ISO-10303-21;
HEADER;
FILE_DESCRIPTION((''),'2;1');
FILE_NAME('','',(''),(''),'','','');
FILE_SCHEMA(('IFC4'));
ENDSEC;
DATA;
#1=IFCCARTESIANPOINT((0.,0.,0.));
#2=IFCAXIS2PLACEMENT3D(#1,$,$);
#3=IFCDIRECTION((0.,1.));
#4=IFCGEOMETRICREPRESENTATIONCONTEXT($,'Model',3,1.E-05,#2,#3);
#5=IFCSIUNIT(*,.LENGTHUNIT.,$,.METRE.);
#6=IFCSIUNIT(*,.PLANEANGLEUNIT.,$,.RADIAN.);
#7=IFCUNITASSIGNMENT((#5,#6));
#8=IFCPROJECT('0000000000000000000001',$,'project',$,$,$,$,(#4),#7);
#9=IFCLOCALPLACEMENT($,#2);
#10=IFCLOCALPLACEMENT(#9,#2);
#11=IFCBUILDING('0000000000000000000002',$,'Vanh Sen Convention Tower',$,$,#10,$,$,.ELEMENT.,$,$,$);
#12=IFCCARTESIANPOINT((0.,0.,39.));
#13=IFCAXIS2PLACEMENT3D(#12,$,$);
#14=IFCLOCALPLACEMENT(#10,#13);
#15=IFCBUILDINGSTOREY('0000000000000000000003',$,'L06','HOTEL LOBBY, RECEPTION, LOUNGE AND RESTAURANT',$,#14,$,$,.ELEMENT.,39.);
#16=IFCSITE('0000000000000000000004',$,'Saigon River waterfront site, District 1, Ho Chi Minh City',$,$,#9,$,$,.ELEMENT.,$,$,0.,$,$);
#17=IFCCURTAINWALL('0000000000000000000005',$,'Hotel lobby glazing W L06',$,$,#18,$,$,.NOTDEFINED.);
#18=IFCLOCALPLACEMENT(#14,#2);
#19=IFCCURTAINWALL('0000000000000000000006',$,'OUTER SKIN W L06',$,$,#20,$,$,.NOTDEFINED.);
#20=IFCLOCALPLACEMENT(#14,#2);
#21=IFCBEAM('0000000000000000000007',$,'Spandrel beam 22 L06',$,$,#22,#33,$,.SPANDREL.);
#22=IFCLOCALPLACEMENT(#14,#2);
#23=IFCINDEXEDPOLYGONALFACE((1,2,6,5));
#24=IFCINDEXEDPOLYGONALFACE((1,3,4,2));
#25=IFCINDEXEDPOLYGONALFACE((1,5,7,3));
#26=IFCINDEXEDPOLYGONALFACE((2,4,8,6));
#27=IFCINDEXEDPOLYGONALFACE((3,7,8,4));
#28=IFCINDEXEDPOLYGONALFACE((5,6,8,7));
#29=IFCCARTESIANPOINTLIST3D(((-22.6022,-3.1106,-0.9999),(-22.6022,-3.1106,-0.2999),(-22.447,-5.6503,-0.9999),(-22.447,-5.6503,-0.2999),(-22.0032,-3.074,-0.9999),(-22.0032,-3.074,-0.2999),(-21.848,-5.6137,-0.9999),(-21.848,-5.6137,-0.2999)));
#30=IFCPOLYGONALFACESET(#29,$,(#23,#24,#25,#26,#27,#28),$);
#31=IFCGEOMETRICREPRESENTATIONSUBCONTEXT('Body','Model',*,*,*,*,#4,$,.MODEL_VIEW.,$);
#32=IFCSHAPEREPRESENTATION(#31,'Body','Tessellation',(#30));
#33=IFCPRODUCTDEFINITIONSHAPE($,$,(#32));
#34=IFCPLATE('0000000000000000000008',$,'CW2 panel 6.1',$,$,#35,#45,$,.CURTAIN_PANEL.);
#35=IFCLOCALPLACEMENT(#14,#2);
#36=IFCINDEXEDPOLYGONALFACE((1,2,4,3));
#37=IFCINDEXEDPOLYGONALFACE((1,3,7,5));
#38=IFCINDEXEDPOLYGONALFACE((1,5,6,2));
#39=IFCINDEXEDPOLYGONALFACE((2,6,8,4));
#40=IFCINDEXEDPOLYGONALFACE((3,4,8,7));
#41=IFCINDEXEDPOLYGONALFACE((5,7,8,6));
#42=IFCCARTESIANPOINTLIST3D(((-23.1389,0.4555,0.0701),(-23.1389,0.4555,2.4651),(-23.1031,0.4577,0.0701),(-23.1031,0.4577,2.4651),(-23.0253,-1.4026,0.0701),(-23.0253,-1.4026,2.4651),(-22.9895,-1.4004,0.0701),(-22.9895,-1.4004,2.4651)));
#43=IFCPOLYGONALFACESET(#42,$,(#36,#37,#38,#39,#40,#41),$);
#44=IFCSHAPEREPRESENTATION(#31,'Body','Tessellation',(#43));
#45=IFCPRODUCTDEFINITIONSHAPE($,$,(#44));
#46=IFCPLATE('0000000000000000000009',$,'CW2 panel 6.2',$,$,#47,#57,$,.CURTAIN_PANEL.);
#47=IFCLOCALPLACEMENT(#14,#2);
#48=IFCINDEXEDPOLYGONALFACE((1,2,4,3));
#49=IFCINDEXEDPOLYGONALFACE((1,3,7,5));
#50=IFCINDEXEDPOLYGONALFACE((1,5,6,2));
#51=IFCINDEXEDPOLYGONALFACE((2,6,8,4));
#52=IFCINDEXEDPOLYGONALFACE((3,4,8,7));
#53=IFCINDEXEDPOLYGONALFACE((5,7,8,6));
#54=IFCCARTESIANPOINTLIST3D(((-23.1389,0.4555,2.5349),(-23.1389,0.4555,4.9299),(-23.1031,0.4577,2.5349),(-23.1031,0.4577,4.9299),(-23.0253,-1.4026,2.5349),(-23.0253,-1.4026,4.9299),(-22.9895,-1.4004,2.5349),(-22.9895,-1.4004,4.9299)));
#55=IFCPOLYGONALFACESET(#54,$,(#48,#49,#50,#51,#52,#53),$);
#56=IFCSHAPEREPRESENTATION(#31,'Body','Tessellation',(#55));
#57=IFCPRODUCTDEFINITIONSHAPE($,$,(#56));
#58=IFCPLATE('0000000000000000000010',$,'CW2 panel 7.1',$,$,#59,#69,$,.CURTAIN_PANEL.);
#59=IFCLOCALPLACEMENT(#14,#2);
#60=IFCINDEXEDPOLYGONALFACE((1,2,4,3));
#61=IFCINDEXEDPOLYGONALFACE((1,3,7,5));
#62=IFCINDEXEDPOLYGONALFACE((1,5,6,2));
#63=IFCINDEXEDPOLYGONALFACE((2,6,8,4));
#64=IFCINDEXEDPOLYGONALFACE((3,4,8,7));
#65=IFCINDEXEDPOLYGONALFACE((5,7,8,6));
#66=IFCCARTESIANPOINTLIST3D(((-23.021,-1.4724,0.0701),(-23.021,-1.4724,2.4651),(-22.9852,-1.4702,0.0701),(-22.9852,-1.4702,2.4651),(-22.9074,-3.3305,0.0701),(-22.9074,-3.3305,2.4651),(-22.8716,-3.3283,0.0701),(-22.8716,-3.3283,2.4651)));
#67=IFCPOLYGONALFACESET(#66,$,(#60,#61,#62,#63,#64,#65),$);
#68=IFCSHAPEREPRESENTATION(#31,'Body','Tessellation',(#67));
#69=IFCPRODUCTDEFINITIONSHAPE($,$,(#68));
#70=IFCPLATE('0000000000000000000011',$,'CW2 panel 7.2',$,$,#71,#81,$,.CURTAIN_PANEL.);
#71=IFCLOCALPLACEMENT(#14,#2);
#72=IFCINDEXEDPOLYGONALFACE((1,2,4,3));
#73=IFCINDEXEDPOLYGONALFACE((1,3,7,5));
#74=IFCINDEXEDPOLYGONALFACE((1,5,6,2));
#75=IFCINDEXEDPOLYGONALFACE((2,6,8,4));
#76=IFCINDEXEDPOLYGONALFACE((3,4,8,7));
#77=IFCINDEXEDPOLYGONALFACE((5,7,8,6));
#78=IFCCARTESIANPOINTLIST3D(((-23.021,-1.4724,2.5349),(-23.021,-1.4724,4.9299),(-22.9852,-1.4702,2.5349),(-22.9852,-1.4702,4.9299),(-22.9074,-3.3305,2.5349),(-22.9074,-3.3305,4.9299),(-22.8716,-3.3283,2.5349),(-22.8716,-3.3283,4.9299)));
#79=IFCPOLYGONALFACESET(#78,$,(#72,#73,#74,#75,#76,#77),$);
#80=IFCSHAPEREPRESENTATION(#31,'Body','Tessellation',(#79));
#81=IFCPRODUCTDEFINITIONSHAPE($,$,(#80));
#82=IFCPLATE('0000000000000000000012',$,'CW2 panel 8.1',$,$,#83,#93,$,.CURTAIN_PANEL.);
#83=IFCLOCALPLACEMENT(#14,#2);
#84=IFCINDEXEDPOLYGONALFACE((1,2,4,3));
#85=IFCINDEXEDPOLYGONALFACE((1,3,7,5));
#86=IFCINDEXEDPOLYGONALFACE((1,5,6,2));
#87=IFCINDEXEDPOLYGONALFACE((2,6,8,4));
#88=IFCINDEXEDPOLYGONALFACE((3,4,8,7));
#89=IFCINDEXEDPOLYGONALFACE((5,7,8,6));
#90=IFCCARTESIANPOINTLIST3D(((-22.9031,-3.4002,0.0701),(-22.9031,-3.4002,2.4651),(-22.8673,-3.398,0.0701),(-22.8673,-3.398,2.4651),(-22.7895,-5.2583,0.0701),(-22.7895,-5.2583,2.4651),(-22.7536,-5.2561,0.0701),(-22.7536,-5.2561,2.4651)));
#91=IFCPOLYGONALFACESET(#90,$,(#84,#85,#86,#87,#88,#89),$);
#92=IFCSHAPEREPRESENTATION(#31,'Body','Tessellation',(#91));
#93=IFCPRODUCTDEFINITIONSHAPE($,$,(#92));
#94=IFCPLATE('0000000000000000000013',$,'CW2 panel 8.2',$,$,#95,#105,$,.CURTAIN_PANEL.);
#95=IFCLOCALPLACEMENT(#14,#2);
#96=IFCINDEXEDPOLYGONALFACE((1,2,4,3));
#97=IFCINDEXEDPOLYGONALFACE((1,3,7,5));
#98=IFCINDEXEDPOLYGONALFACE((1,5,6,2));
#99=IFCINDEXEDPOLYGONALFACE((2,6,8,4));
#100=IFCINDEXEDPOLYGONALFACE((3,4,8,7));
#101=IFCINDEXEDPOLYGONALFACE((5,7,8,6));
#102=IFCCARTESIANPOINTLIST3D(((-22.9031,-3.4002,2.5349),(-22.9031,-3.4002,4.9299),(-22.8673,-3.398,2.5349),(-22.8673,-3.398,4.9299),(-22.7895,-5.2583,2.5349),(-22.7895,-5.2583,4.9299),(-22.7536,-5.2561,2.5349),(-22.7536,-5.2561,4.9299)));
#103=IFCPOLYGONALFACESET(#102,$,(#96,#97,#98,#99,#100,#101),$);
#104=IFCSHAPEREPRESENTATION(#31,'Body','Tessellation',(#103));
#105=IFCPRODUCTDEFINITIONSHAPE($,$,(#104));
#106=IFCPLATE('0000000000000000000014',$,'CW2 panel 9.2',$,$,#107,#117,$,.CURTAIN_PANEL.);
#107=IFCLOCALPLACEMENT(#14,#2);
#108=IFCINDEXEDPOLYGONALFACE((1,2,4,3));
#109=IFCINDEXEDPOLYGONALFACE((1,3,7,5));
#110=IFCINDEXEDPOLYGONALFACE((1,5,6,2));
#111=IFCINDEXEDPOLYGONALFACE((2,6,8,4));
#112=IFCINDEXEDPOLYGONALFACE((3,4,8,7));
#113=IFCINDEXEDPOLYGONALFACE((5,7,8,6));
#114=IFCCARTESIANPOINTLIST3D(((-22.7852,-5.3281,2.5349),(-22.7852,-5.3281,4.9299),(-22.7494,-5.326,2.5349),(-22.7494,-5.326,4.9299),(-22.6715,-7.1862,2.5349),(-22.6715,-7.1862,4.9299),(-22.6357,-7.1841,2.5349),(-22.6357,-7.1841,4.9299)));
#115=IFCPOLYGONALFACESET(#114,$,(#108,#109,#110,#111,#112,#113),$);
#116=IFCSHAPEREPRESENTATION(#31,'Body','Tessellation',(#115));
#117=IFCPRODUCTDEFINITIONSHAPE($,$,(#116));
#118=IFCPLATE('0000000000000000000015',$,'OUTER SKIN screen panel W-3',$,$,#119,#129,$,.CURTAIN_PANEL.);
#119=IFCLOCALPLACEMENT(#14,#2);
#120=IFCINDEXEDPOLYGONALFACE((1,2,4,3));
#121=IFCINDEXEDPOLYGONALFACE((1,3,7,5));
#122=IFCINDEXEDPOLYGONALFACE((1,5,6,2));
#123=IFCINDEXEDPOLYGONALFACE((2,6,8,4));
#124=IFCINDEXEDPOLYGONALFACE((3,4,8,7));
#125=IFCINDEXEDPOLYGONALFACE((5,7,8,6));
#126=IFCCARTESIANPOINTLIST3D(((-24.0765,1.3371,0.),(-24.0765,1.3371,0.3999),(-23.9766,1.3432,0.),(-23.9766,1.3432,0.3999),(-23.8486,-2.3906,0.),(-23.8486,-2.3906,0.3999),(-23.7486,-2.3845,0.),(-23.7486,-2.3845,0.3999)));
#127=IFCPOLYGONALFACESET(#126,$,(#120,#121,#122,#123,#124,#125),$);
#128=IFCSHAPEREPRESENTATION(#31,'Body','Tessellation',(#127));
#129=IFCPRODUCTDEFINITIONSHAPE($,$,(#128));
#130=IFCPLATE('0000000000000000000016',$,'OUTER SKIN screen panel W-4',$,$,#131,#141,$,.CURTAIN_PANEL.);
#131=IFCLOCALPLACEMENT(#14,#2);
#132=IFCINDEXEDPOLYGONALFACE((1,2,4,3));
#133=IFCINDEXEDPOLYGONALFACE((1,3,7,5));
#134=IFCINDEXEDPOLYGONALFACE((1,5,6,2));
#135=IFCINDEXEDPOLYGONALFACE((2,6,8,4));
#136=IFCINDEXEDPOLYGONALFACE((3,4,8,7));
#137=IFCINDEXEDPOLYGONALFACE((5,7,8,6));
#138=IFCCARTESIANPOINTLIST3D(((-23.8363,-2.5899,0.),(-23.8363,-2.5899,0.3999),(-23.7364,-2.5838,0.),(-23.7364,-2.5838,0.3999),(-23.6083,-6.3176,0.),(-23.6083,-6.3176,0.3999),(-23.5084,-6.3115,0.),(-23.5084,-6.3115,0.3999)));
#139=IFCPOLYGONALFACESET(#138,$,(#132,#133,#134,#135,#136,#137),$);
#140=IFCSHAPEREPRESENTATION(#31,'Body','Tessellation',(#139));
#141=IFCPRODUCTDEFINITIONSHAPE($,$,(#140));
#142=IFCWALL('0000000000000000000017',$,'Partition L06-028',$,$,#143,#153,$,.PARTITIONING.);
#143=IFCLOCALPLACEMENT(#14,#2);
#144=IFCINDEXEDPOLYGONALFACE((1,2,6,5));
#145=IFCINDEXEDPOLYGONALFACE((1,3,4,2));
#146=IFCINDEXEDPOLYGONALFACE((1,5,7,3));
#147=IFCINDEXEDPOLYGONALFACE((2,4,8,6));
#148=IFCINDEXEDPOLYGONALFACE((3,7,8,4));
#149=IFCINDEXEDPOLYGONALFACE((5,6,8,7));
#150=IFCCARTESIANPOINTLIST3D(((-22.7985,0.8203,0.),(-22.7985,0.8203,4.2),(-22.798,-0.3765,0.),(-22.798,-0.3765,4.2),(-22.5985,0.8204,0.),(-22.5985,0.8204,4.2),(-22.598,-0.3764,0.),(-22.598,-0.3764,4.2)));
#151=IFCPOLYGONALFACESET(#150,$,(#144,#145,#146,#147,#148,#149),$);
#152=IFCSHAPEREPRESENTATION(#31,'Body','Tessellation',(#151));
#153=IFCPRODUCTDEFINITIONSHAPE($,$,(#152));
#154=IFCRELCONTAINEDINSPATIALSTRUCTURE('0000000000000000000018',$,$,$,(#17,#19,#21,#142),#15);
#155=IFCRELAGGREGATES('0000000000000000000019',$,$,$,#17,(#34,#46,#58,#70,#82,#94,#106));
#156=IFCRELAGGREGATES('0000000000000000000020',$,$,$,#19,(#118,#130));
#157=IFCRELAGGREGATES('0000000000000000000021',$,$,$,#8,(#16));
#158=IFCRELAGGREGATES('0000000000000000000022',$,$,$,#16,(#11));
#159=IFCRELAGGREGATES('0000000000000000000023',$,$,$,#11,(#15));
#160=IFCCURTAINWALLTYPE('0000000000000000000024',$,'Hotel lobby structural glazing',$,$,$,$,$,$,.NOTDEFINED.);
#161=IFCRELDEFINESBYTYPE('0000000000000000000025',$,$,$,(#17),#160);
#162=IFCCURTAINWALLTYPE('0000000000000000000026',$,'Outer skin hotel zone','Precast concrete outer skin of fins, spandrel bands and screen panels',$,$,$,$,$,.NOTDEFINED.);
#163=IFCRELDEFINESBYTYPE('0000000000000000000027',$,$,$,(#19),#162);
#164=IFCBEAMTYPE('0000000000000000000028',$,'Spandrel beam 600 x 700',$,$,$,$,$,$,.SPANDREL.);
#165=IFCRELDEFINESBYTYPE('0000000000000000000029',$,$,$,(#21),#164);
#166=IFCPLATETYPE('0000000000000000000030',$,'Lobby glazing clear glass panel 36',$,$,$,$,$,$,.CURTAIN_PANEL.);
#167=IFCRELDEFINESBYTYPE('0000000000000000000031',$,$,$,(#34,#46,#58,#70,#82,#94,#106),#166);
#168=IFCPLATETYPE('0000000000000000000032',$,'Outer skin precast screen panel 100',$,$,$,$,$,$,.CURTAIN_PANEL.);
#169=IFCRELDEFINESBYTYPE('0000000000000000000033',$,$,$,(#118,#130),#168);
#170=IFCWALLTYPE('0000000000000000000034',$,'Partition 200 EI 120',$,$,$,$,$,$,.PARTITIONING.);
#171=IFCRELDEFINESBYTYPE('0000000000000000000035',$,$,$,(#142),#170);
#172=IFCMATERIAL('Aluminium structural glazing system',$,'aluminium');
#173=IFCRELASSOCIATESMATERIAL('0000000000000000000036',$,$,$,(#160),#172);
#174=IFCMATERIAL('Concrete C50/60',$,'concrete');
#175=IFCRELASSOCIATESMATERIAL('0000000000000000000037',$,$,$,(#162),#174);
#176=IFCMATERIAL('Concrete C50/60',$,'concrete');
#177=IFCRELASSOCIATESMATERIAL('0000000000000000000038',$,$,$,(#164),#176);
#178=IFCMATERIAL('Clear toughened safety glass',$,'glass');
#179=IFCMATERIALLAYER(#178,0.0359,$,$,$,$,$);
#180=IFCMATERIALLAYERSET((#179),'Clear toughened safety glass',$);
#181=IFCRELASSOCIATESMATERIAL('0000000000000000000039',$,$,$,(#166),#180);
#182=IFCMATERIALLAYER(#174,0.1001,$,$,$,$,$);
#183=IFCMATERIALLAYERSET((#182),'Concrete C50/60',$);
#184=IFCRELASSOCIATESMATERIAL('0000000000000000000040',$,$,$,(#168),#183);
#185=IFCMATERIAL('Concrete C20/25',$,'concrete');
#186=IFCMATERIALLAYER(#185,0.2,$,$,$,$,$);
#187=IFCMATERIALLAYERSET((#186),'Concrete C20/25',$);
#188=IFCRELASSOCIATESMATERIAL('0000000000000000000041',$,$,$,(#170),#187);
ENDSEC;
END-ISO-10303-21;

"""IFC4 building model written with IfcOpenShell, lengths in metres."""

from ifc_helpers import new_model, si_unit, direction, frame, frame_2d, origin, origin_2d, place, context, subcontext, project, spatial, rectangle, extrude, material, layer, layer_set, material_profile, profile_set, type_object, element, aggregate, save


model = new_model("IFC4")

# Units and contexts
model_context = context("Model", 3, precision=1e-05, world=origin(), true_north=direction((0.0, 1.0)))
body_context = subcontext(model_context, "Body", "Model", "MODEL_VIEW")
ifc_project = project(units=[si_unit("LENGTHUNIT", "METRE"), si_unit("PLANEANGLEUNIT", "RADIAN")], contexts=[model_context])

# Site, building, storey
site_placement = place(None, origin())
site = spatial("IfcSite", under=ifc_project, at=site_placement, Name="Saigon River waterfront site, District 1, Ho Chi Minh City", CompositionType="ELEMENT", RefElevation=0.0)
building_placement = place(site_placement, origin())
building = spatial("IfcBuilding", under=site, at=building_placement, Name="Vanh Sen Convention Tower", CompositionType="ELEMENT")
storey_placement = place(building_placement, frame((0.0, 0.0, 39.0)))
storey = spatial("IfcBuildingStorey", under=building, at=storey_placement, Name="L06", Description="HOTEL LOBBY, RECEPTION, LOUNGE AND RESTAURANT", CompositionType="ELEMENT", Elevation=39.0)

# Curtain wall
ifc_material_1 = material(Name="Aluminium structural glazing system", Category="aluminium")
curtain_wall_type_1 = type_object("IfcCurtainWallType", Name="Hotel lobby structural glazing", PredefinedType="NOTDEFINED", material=ifc_material_1)
curtain_wall_1_placement = place(storey_placement, origin())
curtain_wall_1 = element("IfcCurtainWall", 1, at=curtain_wall_1_placement, inside=storey, type_object=curtain_wall_type_1, Name="Hotel lobby glazing W L06", PredefinedType="NOTDEFINED")

# Curtain wall
ifc_material_2 = material(Name="Concrete C50/60", Category="concrete")
curtain_wall_type_2 = type_object("IfcCurtainWallType", Name="Outer skin hotel zone", Description="Precast concrete outer skin of fins, spandrel bands and screen panels", PredefinedType="NOTDEFINED", material=ifc_material_2)
curtain_wall_2_placement = place(storey_placement, origin())
curtain_wall_2 = element("IfcCurtainWall", 2, at=curtain_wall_2_placement, inside=storey, type_object=curtain_wall_type_2, Name="OUTER SKIN W L06", PredefinedType="NOTDEFINED")

# Beam
ifc_material_3 = material(Name="Concrete C50/60", Category="concrete")
ifc_material_profile_1 = material_profile(ifc_material_3, rectangle(XDim=0.6001, YDim=0.7, at=origin_2d()), Name="RC 600X700")
ifc_profile_set_1 = profile_set([ifc_material_profile_1], Name="Concrete C50/60")
beam_type = type_object("IfcBeamType", Name="Spandrel beam 600 x 700", PredefinedType="SPANDREL", material=ifc_profile_set_1)
beam_placement = place(storey_placement, frame((-22.3027, -3.0923, -0.6499), z_axis=(0.061022, -0.998136, 0.0), x_axis=(0.998136, 0.061022, 0.0)))
element("IfcBeam", 3, at=beam_placement, inside=storey, type_object=beam_type, Name="Spandrel beam 22 L06", PredefinedType="SPANDREL", context=body_context, shape_type="SweptSolid", body=[
    extrude(rectangle(XDim=0.6001, YDim=0.7, at=origin_2d()), origin(), (0.0, 0.0, 1.0), 2.5444),
])

# Plates
ifc_material_4 = material(Name="Clear toughened safety glass", Category="glass")
ifc_layer_1 = layer(ifc_material_4, 0.0359)
ifc_layer_set_1 = layer_set([ifc_layer_1], Name="Clear toughened safety glass")
plate_type_1 = type_object("IfcPlateType", Name="Lobby glazing clear glass panel 36", PredefinedType="CURTAIN_PANEL", material=ifc_layer_set_1)
plate_1_placement = place(storey_placement, frame((-23.0642, -0.4724, 0.0701), z_axis=(0.0, 0.0, 1.0), x_axis=(0.061046, -0.998135, 0.0)))
plate_1 = element("IfcPlate", 4, at=plate_1_placement, type_object=plate_type_1, Name="CW2 panel 6.1", PredefinedType="CURTAIN_PANEL", context=body_context, shape_type="SweptSolid", body=[
    extrude(rectangle(XDim=1.8616, YDim=0.0359, at=origin_2d()), origin(), (0.0, 0.0, 1.0), 2.395),
])
plate_2_placement = place(storey_placement, frame((-23.0642, -0.4724, 2.5349), z_axis=(0.0, 0.0, 1.0), x_axis=(0.061046, -0.998135, 0.0)))
plate_2 = element("IfcPlate", 5, at=plate_2_placement, type_object=plate_type_1, Name="CW2 panel 6.2", PredefinedType="CURTAIN_PANEL", context=body_context, shape_type="SweptSolid", body=[
    extrude(rectangle(XDim=1.8616, YDim=0.0359, at=origin_2d()), origin(), (0.0, 0.0, 1.0), 2.395),
])
plate_3_placement = place(storey_placement, frame((-22.9463, -2.4004, 0.0701), z_axis=(0.0, 0.0, 1.0), x_axis=(0.061046, -0.998135, 0.0)))
plate_3 = element("IfcPlate", 6, at=plate_3_placement, type_object=plate_type_1, Name="CW2 panel 7.1", PredefinedType="CURTAIN_PANEL", context=body_context, shape_type="SweptSolid", body=[
    extrude(rectangle(XDim=1.8616, YDim=0.0359, at=origin_2d()), origin(), (0.0, 0.0, 1.0), 2.395),
])
plate_4_placement = place(storey_placement, frame((-22.9463, -2.4004, 2.5349), z_axis=(0.0, 0.0, 1.0), x_axis=(0.061046, -0.998135, 0.0)))
plate_4 = element("IfcPlate", 7, at=plate_4_placement, type_object=plate_type_1, Name="CW2 panel 7.2", PredefinedType="CURTAIN_PANEL", context=body_context, shape_type="SweptSolid", body=[
    extrude(rectangle(XDim=1.8616, YDim=0.0359, at=origin_2d()), origin(), (0.0, 0.0, 1.0), 2.395),
])
plate_5_placement = place(storey_placement, frame((-22.8284, -4.3281, 0.0701), z_axis=(0.0, 0.0, 1.0), x_axis=(0.061046, -0.998135, 0.0)))
plate_5 = element("IfcPlate", 8, at=plate_5_placement, type_object=plate_type_1, Name="CW2 panel 8.1", PredefinedType="CURTAIN_PANEL", context=body_context, shape_type="SweptSolid", body=[
    extrude(rectangle(XDim=1.8616, YDim=0.0359, at=origin_2d()), origin(), (0.0, 0.0, 1.0), 2.395),
])
plate_6_placement = place(storey_placement, frame((-22.8284, -4.3281, 2.5349), z_axis=(0.0, 0.0, 1.0), x_axis=(0.061046, -0.998135, 0.0)))
plate_6 = element("IfcPlate", 9, at=plate_6_placement, type_object=plate_type_1, Name="CW2 panel 8.2", PredefinedType="CURTAIN_PANEL", context=body_context, shape_type="SweptSolid", body=[
    extrude(rectangle(XDim=1.8616, YDim=0.0359, at=origin_2d()), origin(), (0.0, 0.0, 1.0), 2.395),
])
plate_7_placement = place(storey_placement, frame((-22.7104, -6.2561, 2.5349), z_axis=(0.0, 0.0, 1.0), x_axis=(0.061046, -0.998135, 0.0)))
plate_7 = element("IfcPlate", 10, at=plate_7_placement, type_object=plate_type_1, Name="CW2 panel 9.2", PredefinedType="CURTAIN_PANEL", context=body_context, shape_type="SweptSolid", body=[
    extrude(rectangle(XDim=1.8616, YDim=0.0359, at=origin_2d()), origin(), (0.0, 0.0, 1.0), 2.395),
])
aggregate(curtain_wall_1, [plate_1, plate_2, plate_3, plate_4, plate_5, plate_6, plate_7])
ifc_layer_2 = layer(ifc_material_2, 0.1001)
ifc_layer_set_2 = layer_set([ifc_layer_2], Name="Concrete C50/60")
plate_type_2 = type_object("IfcPlateType", Name="Outer skin precast screen panel 100", PredefinedType="CURTAIN_PANEL", material=ifc_layer_set_2)
plate_8_placement = place(storey_placement, frame((-23.9126, -0.5237, 0.0), z_axis=(0.0, 0.0, 1.0), x_axis=(0.061047, -0.998135, 0.0)))
plate_8 = element("IfcPlate", 11, at=plate_8_placement, type_object=plate_type_2, Name="OUTER SKIN screen panel W-3", PredefinedType="CURTAIN_PANEL", context=body_context, shape_type="SweptSolid", body=[
    extrude(rectangle(XDim=3.7346, YDim=0.1001, at=origin_2d()), origin(), (0.0, 0.0, 1.0), 0.3999),
])
plate_9_placement = place(storey_placement, frame((-23.6724, -4.4507, 0.0), z_axis=(0.0, 0.0, 1.0), x_axis=(0.061049, -0.998135, 0.0)))
plate_9 = element("IfcPlate", 12, at=plate_9_placement, type_object=plate_type_2, Name="OUTER SKIN screen panel W-4", PredefinedType="CURTAIN_PANEL", context=body_context, shape_type="SweptSolid", body=[
    extrude(rectangle(XDim=3.7346, YDim=0.1001, at=origin_2d()), origin(), (0.0, 0.0, 1.0), 0.3999),
])
aggregate(curtain_wall_2, [plate_8, plate_9])

# Wall
ifc_material_5 = material(Name="Concrete C20/25", Category="concrete")
ifc_layer_3 = layer(ifc_material_5, 0.2)
ifc_layer_set_3 = layer_set([ifc_layer_3], Name="Concrete C20/25")
wall_type = type_object("IfcWallType", Name="Partition 200 EI 120", PredefinedType="PARTITIONING", material=ifc_layer_set_3)
wall_placement = place(storey_placement, frame((-22.698, -0.3765, 0.0), z_axis=(0.0, 0.0, 1.0), x_axis=(-0.000408, 1.0, 0.0)))
element("IfcWall", 13, at=wall_placement, inside=storey, type_object=wall_type, Name="Partition L06-028", PredefinedType="PARTITIONING", context=body_context, shape_type="SweptSolid", body=[
    extrude(rectangle(XDim=1.1968, YDim=0.2, at=frame_2d((0.5984, 0.0))), origin(), (0.0, 0.0, 1.0), 4.2),
])

save(model, "model.ifc")
